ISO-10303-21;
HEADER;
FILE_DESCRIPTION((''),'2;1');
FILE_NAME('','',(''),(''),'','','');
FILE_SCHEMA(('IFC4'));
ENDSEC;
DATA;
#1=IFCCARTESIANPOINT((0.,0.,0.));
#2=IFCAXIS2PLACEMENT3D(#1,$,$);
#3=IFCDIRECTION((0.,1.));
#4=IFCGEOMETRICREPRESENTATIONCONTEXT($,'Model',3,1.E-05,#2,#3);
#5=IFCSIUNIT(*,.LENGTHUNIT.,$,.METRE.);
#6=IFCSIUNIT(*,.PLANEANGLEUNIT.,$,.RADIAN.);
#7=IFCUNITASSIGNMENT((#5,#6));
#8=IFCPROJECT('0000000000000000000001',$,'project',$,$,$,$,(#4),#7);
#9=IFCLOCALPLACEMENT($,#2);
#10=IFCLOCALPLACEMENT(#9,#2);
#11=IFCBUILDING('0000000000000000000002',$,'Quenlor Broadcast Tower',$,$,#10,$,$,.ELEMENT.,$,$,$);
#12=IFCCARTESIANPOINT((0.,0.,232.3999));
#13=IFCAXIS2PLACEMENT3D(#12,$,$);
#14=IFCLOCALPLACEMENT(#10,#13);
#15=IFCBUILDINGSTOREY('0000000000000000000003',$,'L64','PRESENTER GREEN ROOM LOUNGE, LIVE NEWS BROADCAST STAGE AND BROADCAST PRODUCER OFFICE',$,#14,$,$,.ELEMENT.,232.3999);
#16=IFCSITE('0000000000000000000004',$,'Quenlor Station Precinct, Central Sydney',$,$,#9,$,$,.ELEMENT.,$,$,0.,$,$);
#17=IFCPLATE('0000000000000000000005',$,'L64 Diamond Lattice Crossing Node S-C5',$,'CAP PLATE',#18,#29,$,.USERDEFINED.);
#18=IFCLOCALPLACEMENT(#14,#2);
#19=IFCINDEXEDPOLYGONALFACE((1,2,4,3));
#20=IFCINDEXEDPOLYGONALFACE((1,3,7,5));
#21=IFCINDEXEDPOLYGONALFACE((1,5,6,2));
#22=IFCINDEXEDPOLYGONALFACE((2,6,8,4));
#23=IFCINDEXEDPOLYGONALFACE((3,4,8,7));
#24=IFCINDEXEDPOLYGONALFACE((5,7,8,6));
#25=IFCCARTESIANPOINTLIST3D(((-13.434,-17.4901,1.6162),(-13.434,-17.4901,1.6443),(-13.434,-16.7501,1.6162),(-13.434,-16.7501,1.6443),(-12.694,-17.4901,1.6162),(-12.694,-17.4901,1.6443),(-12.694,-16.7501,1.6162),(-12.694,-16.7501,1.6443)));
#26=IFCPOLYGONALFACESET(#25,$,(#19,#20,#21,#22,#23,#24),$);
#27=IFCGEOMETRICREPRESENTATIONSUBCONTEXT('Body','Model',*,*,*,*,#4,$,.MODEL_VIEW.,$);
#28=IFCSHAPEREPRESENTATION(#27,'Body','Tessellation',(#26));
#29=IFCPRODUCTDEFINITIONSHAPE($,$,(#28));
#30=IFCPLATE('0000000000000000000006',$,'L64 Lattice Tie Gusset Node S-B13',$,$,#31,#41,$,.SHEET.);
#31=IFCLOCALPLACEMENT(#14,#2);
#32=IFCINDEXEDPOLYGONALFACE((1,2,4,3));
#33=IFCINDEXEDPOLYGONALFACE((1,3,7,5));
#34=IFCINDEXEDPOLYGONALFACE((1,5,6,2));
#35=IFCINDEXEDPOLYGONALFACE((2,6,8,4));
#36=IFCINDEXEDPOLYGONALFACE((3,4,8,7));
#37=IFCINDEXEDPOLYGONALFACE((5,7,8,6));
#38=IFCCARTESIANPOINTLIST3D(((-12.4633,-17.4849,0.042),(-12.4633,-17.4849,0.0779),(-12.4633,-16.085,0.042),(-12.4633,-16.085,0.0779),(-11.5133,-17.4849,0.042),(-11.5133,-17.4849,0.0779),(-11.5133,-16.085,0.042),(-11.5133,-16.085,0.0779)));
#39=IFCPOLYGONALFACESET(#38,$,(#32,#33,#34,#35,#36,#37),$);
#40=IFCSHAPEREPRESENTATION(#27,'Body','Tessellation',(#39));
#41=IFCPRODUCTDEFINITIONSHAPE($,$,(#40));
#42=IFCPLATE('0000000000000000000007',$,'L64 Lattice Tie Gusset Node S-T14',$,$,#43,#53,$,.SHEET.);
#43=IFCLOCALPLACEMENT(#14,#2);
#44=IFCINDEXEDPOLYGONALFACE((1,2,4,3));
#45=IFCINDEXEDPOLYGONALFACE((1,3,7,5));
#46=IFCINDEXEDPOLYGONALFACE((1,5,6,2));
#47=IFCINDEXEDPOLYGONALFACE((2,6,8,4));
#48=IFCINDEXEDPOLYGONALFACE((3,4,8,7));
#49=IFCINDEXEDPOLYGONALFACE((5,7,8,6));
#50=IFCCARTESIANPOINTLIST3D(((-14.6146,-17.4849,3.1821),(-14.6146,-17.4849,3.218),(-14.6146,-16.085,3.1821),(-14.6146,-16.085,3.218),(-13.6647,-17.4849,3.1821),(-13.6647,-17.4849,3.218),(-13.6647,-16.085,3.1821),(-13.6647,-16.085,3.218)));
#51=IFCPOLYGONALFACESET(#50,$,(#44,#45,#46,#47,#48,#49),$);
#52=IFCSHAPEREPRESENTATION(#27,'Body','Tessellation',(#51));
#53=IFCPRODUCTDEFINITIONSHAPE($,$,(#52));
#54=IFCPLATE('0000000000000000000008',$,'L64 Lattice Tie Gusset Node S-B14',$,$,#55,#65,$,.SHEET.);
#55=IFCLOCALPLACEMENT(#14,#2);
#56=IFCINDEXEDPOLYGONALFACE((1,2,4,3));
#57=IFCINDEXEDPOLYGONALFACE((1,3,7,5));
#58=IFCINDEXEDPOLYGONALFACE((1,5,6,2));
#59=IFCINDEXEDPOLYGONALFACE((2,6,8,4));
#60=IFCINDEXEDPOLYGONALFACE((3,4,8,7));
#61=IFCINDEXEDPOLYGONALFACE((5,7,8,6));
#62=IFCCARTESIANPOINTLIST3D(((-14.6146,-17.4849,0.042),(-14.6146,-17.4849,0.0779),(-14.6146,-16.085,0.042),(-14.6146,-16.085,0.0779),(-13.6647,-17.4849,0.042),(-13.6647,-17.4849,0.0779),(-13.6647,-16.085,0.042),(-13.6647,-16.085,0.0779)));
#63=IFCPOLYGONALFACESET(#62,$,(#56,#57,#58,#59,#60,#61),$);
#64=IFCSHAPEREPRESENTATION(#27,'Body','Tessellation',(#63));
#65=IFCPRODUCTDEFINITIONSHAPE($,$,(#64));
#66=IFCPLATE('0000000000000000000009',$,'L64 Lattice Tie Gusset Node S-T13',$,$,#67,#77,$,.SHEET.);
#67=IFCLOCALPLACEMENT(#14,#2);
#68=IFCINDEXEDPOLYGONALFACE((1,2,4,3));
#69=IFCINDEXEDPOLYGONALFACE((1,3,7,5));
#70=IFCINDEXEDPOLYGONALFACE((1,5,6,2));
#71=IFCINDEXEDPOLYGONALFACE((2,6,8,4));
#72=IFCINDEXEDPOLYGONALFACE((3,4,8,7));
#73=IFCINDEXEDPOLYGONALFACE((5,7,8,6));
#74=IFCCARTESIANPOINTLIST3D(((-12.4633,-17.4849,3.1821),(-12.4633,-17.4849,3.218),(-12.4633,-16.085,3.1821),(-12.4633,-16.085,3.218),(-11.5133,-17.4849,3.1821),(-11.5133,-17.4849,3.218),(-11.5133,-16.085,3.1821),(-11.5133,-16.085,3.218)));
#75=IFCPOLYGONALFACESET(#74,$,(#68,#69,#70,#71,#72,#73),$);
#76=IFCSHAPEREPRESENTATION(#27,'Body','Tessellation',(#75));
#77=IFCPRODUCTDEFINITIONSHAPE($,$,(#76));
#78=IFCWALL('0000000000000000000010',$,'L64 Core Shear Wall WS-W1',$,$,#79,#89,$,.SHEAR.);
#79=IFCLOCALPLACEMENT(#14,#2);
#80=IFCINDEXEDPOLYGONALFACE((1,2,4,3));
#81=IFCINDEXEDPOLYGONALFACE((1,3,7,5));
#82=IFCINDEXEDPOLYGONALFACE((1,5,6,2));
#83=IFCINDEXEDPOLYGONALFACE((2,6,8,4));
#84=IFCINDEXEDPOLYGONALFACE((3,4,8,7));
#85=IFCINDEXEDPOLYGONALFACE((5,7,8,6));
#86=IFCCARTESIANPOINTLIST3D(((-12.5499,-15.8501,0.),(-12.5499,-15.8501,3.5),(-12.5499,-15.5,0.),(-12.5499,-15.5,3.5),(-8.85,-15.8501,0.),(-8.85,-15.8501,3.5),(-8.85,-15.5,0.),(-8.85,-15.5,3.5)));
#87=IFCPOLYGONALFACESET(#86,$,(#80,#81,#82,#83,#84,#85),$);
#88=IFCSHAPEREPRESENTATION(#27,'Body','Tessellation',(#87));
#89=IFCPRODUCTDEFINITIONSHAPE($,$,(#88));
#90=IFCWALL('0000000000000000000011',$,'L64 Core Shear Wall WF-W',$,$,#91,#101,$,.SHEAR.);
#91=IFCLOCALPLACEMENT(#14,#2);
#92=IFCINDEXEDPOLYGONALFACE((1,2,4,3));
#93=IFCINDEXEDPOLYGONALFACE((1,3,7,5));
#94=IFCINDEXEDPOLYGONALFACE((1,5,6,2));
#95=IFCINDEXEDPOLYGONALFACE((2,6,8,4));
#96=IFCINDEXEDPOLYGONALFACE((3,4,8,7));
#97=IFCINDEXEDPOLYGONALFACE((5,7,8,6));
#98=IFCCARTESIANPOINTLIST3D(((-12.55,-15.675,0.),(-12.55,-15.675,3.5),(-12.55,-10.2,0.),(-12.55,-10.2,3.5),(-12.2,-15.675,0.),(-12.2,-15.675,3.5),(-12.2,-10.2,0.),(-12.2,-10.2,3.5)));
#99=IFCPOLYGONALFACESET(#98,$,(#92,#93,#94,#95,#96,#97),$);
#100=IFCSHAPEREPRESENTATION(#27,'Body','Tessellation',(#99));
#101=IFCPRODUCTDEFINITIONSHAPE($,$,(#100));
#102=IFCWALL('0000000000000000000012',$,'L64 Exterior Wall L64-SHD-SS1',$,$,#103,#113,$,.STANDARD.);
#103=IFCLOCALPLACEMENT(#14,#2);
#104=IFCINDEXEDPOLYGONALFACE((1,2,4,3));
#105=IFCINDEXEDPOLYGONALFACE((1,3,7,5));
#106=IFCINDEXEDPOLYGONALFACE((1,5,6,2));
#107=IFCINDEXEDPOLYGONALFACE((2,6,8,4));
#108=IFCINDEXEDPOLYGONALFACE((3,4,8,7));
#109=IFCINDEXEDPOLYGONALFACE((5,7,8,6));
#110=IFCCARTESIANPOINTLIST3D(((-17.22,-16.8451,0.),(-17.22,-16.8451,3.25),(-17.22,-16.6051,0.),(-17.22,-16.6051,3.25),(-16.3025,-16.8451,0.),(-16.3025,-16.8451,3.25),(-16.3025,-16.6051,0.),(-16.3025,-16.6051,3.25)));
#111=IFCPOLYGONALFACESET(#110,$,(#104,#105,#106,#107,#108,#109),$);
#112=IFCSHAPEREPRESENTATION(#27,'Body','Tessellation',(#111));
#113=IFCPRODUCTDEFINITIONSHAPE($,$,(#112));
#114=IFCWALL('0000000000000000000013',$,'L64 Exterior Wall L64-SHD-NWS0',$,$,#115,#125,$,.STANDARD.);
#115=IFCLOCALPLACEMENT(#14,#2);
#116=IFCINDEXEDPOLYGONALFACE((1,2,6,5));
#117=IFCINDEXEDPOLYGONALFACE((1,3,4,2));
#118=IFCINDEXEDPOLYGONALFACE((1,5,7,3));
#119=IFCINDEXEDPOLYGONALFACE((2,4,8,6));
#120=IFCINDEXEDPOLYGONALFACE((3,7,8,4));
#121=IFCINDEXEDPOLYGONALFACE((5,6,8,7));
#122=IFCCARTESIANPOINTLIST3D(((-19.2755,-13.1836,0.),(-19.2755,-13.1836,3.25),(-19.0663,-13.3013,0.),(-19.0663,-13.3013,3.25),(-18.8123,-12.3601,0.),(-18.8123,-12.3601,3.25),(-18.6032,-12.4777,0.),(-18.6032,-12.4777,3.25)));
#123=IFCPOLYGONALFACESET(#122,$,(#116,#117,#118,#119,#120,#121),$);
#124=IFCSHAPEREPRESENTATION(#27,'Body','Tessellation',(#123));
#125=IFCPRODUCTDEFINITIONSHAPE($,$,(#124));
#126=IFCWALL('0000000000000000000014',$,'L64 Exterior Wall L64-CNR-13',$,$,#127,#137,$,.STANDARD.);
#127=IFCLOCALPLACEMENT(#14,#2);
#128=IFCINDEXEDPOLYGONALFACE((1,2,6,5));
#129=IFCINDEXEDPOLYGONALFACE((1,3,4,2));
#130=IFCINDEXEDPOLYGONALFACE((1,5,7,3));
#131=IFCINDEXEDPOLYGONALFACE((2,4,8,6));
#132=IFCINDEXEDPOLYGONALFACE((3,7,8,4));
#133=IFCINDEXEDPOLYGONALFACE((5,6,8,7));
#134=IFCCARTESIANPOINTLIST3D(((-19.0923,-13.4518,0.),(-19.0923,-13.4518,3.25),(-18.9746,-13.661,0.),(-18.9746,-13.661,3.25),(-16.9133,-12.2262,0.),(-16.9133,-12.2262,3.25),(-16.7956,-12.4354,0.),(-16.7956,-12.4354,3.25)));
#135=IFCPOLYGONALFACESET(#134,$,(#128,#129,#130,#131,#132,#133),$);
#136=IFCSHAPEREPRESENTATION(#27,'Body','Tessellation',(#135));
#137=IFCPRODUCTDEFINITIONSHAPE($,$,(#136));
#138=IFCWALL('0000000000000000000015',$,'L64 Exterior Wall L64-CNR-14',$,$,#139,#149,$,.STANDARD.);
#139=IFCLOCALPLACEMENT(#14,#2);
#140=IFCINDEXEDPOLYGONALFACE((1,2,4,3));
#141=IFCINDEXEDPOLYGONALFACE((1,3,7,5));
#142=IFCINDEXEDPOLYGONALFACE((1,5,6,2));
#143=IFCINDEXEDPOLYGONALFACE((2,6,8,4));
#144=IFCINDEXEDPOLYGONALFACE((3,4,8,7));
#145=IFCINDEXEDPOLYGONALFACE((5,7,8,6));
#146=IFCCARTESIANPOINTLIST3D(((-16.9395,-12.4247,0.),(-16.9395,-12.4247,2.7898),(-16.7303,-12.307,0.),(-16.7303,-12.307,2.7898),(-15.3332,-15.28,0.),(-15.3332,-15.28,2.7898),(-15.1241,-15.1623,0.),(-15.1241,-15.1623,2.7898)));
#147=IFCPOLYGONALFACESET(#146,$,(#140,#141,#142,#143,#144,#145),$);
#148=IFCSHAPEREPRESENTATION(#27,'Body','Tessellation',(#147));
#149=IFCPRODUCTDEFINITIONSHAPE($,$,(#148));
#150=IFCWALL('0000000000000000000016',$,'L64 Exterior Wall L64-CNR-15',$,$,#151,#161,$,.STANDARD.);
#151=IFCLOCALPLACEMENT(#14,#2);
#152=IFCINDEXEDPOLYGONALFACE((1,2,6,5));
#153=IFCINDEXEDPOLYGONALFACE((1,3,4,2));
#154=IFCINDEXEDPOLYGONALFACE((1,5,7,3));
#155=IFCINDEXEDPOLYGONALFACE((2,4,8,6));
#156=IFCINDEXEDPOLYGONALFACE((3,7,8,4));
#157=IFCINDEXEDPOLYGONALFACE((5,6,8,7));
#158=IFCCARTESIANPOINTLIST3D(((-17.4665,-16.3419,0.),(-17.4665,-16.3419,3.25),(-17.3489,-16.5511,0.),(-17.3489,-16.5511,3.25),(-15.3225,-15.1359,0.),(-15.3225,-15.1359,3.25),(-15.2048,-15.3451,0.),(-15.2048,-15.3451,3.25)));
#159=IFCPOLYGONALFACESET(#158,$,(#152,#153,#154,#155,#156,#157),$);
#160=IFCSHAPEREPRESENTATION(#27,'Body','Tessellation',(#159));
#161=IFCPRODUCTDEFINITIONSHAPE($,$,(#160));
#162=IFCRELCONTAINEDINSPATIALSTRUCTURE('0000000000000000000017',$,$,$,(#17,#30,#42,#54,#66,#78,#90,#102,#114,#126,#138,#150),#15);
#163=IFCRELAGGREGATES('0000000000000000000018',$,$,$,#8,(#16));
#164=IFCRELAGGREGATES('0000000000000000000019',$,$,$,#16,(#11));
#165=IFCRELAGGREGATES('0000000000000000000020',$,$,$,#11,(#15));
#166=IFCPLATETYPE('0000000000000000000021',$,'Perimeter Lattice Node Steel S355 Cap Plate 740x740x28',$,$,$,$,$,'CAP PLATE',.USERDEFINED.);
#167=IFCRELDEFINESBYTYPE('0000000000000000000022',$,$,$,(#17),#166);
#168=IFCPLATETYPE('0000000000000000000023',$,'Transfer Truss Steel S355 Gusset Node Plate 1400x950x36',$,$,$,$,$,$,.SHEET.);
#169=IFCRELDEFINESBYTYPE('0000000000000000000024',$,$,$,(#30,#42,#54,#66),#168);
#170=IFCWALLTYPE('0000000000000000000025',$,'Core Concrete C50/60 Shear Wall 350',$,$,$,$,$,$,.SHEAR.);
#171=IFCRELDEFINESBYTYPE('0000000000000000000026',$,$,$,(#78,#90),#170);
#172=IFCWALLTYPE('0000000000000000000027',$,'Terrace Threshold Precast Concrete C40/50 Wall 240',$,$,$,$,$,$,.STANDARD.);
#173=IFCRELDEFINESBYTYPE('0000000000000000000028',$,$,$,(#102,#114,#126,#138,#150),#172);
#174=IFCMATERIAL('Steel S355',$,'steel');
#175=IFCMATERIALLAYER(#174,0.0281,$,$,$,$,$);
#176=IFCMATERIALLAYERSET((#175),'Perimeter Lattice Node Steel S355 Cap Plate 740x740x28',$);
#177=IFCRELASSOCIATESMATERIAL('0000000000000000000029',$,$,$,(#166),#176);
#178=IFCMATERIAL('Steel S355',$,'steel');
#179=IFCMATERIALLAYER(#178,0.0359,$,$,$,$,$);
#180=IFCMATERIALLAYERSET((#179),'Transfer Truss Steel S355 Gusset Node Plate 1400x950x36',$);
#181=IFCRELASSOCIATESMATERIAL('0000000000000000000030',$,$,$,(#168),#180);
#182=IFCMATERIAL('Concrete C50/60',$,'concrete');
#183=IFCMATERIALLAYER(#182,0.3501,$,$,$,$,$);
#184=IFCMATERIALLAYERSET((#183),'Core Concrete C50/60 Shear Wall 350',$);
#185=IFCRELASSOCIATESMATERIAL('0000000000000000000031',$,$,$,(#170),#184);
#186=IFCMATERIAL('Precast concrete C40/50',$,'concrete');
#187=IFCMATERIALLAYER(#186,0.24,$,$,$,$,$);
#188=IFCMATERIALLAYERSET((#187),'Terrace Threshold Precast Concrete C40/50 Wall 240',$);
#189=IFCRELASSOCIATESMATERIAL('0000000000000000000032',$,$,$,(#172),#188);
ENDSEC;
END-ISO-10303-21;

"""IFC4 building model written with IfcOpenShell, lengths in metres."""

from ifc_helpers import new_model, si_unit, direction, frame, frame_2d, origin, origin_2d, place, context, subcontext, project, spatial, rectangle, extrude, material, layer, layer_set, type_object, element, save


model = new_model("IFC4")

# Units and contexts
model_context = context("Model", 3, precision=1e-05, world=origin(), true_north=direction((0.0, 1.0)))
body_context = subcontext(model_context, "Body", "Model", "MODEL_VIEW")
ifc_project = project(units=[si_unit("LENGTHUNIT", "METRE"), si_unit("PLANEANGLEUNIT", "RADIAN")], contexts=[model_context])

# Site, building, storey
site_placement = place(None, origin())
site = spatial("IfcSite", under=ifc_project, at=site_placement, Name="Quenlor Station Precinct, Central Sydney", CompositionType="ELEMENT", RefElevation=0.0)
building_placement = place(site_placement, origin())
building = spatial("IfcBuilding", under=site, at=building_placement, Name="Quenlor Broadcast Tower", CompositionType="ELEMENT")
storey_placement = place(building_placement, frame((0.0, 0.0, 232.3999)))
storey = spatial("IfcBuildingStorey", under=building, at=storey_placement, Name="L64", Description="PRESENTER GREEN ROOM LOUNGE, LIVE NEWS BROADCAST STAGE AND BROADCAST PRODUCER OFFICE", CompositionType="ELEMENT", Elevation=232.3999)

# Plates
ifc_material_1 = material(Name="Steel S355", Category="steel")
ifc_layer_1 = layer(ifc_material_1, 0.0281)
ifc_layer_set_1 = layer_set([ifc_layer_1], Name="Perimeter Lattice Node Steel S355 Cap Plate 740x740x28")
plate_type_1 = type_object("IfcPlateType", Name="Perimeter Lattice Node Steel S355 Cap Plate 740x740x28", ElementType="CAP PLATE", PredefinedType="USERDEFINED", material=ifc_layer_set_1)
plate_placement = place(storey_placement, frame((-13.064, -17.1201, 1.6162), z_axis=(0.0, 0.0, 1.0), x_axis=(-1.0, 0.0, 0.0)))
element("IfcPlate", 1, at=plate_placement, inside=storey, type_object=plate_type_1, Name="L64 Diamond Lattice Crossing Node S-C5", ObjectType="CAP PLATE", PredefinedType="USERDEFINED", context=body_context, shape_type="SweptSolid", body=[
    extrude(rectangle(XDim=0.74, YDim=0.74, at=origin_2d()), origin(), (0.0, 0.0, 1.0), 0.0281),
])
ifc_material_2 = material(Name="Steel S355", Category="steel")
ifc_layer_2 = layer(ifc_material_2, 0.0359)
ifc_layer_set_2 = layer_set([ifc_layer_2], Name="Transfer Truss Steel S355 Gusset Node Plate 1400x950x36")
plate_type_2 = type_object("IfcPlateType", Name="Transfer Truss Steel S355 Gusset Node Plate 1400x950x36", PredefinedType="SHEET", material=ifc_layer_set_2)
for number, where, z_axis, x_axis, name in (
    (2, (-11.9883, -16.7849, 0.042), (0.0, 0.0, 1.0), (0.0, -1.0, 0.0), "L64 Lattice Tie Gusset Node S-B13"),
    (3, (-14.1396, -16.7849, 3.1821), (0.0, 0.0, 1.0), (0.0, -1.0, 0.0), "L64 Lattice Tie Gusset Node S-T14"),
    (4, (-14.1396, -16.7849, 0.042), (0.0, 0.0, 1.0), (0.0, -1.0, 0.0), "L64 Lattice Tie Gusset Node S-B14"),
    (5, (-11.9883, -16.7849, 3.1821), (0.0, 0.0, 1.0), (0.0, -1.0, 0.0), "L64 Lattice Tie Gusset Node S-T13"),
):
    element("IfcPlate", number, at=place(storey_placement, frame(where, z_axis=z_axis, x_axis=x_axis)), inside=storey, type_object=plate_type_2, Name=name, PredefinedType="SHEET", context=body_context, shape_type="SweptSolid", body=[
        extrude(rectangle(XDim=1.3999, YDim=0.95, at=origin_2d()), origin(), (0.0, 0.0, 1.0), 0.0359),
    ])

# Walls
ifc_material_3 = material(Name="Concrete C50/60", Category="concrete")
ifc_layer_3 = layer(ifc_material_3, 0.3501)
ifc_layer_set_3 = layer_set([ifc_layer_3], Name="Core Concrete C50/60 Shear Wall 350")
wall_type_1 = type_object("IfcWallType", Name="Core Concrete C50/60 Shear Wall 350", PredefinedType="SHEAR", material=ifc_layer_set_3)
wall_1_placement = place(storey_placement, frame((-12.55, -15.675, 0.0), z_axis=(0.0, 0.0, 1.0), x_axis=(1.0, 0.0, 0.0)))
element("IfcWall", 6, at=wall_1_placement, inside=storey, type_object=wall_type_1, Name="L64 Core Shear Wall WS-W1", PredefinedType="SHEAR", context=body_context, shape_type="SweptSolid", body=[
    extrude(rectangle(XDim=3.7, YDim=0.3501, at=frame_2d((1.8501, 0.0))), origin(), (0.0, 0.0, 1.0), 3.5),
])
wall_2_placement = place(storey_placement, frame((-12.375, -15.675, 0.0), z_axis=(0.0, 0.0, 1.0), x_axis=(0.0, 1.0, 0.0)))
element("IfcWall", 7, at=wall_2_placement, inside=storey, type_object=wall_type_1, Name="L64 Core Shear Wall WF-W", PredefinedType="SHEAR", context=body_context, shape_type="SweptSolid", body=[
    extrude(rectangle(XDim=5.4751, YDim=0.3501, at=frame_2d((2.7375, 0.0))), origin(), (0.0, 0.0, 1.0), 3.5),
])
ifc_material_4 = material(Name="Precast concrete C40/50", Category="concrete")
ifc_layer_4 = layer(ifc_material_4, 0.24)
ifc_layer_set_4 = layer_set([ifc_layer_4], Name="Terrace Threshold Precast Concrete C40/50 Wall 240")
wall_type_2 = type_object("IfcWallType", Name="Terrace Threshold Precast Concrete C40/50 Wall 240", PredefinedType="STANDARD", material=ifc_layer_set_4)
wall_3_placement = place(storey_placement, frame((-16.3025, -16.7251, 0.0), z_axis=(0.0, 0.0, 1.0), x_axis=(-1.0, 0.0, 0.0)))
element("IfcWall", 8, at=wall_3_placement, inside=storey, type_object=wall_type_2, Name="L64 Exterior Wall L64-SHD-SS1", PredefinedType="STANDARD", context=body_context, shape_type="SweptSolid", body=[
    extrude(rectangle(XDim=0.9175, YDim=0.24, at=frame_2d((0.4587, 0.0))), origin(), (0.0, 0.0, 1.0), 3.25),
])
wall_4_placement = place(storey_placement, frame((-19.1709, -13.2424, 0.0), z_axis=(0.0, 0.0, 1.0), x_axis=(0.4902, 0.87161, 0.0)))
element("IfcWall", 9, at=wall_4_placement, inside=storey, type_object=wall_type_2, Name="L64 Exterior Wall L64-SHD-NWS0", PredefinedType="STANDARD", context=body_context, shape_type="SweptSolid", body=[
    extrude(rectangle(XDim=0.9448, YDim=0.24, at=frame_2d((0.4724, 0.0))), origin(), (0.0, 0.0, 1.0), 3.25),
])
wall_5_placement = place(storey_placement, frame((-19.0334, -13.5564, 0.0), z_axis=(0.0, 0.0, 1.0), x_axis=(0.871589, 0.490238, 0.0)))
element("IfcWall", 10, at=wall_5_placement, inside=storey, type_object=wall_type_2, Name="L64 Exterior Wall L64-CNR-13", PredefinedType="STANDARD", context=body_context, shape_type="SweptSolid", body=[
    extrude(rectangle(XDim=2.5, YDim=0.24, at=frame_2d((1.25, 0.0))), origin(), (0.0, 0.0, 1.0), 3.25),
])
wall_6_placement = place(storey_placement, frame((-16.835, -12.3657, 0.0), z_axis=(0.0, 0.0, 1.0), x_axis=(0.490293, -0.871558, 0.0)))
element("IfcWall", 11, at=wall_6_placement, inside=storey, type_object=wall_type_2, Name="L64 Exterior Wall L64-CNR-14", PredefinedType="STANDARD", context=body_context, shape_type="SweptSolid", body=[
    extrude(rectangle(XDim=3.2761, YDim=0.24, at=frame_2d((1.6382, 0.0))), origin(), (0.0, 0.0, 1.0), 2.7898),
])
wall_7_placement = place(storey_placement, frame((-15.2637, -15.2405, 0.0), z_axis=(0.0, 0.0, 1.0), x_axis=(-0.87157, -0.490271, 0.0)))
element("IfcWall", 12, at=wall_7_placement, inside=storey, type_object=wall_type_2, Name="L64 Exterior Wall L64-CNR-15", PredefinedType="STANDARD", context=body_context, shape_type="SweptSolid", body=[
    extrude(rectangle(XDim=2.46, YDim=0.24, at=frame_2d((1.23, 0.0))), origin(), (0.0, 0.0, 1.0), 3.25),
])

save(model, "model.ifc")
